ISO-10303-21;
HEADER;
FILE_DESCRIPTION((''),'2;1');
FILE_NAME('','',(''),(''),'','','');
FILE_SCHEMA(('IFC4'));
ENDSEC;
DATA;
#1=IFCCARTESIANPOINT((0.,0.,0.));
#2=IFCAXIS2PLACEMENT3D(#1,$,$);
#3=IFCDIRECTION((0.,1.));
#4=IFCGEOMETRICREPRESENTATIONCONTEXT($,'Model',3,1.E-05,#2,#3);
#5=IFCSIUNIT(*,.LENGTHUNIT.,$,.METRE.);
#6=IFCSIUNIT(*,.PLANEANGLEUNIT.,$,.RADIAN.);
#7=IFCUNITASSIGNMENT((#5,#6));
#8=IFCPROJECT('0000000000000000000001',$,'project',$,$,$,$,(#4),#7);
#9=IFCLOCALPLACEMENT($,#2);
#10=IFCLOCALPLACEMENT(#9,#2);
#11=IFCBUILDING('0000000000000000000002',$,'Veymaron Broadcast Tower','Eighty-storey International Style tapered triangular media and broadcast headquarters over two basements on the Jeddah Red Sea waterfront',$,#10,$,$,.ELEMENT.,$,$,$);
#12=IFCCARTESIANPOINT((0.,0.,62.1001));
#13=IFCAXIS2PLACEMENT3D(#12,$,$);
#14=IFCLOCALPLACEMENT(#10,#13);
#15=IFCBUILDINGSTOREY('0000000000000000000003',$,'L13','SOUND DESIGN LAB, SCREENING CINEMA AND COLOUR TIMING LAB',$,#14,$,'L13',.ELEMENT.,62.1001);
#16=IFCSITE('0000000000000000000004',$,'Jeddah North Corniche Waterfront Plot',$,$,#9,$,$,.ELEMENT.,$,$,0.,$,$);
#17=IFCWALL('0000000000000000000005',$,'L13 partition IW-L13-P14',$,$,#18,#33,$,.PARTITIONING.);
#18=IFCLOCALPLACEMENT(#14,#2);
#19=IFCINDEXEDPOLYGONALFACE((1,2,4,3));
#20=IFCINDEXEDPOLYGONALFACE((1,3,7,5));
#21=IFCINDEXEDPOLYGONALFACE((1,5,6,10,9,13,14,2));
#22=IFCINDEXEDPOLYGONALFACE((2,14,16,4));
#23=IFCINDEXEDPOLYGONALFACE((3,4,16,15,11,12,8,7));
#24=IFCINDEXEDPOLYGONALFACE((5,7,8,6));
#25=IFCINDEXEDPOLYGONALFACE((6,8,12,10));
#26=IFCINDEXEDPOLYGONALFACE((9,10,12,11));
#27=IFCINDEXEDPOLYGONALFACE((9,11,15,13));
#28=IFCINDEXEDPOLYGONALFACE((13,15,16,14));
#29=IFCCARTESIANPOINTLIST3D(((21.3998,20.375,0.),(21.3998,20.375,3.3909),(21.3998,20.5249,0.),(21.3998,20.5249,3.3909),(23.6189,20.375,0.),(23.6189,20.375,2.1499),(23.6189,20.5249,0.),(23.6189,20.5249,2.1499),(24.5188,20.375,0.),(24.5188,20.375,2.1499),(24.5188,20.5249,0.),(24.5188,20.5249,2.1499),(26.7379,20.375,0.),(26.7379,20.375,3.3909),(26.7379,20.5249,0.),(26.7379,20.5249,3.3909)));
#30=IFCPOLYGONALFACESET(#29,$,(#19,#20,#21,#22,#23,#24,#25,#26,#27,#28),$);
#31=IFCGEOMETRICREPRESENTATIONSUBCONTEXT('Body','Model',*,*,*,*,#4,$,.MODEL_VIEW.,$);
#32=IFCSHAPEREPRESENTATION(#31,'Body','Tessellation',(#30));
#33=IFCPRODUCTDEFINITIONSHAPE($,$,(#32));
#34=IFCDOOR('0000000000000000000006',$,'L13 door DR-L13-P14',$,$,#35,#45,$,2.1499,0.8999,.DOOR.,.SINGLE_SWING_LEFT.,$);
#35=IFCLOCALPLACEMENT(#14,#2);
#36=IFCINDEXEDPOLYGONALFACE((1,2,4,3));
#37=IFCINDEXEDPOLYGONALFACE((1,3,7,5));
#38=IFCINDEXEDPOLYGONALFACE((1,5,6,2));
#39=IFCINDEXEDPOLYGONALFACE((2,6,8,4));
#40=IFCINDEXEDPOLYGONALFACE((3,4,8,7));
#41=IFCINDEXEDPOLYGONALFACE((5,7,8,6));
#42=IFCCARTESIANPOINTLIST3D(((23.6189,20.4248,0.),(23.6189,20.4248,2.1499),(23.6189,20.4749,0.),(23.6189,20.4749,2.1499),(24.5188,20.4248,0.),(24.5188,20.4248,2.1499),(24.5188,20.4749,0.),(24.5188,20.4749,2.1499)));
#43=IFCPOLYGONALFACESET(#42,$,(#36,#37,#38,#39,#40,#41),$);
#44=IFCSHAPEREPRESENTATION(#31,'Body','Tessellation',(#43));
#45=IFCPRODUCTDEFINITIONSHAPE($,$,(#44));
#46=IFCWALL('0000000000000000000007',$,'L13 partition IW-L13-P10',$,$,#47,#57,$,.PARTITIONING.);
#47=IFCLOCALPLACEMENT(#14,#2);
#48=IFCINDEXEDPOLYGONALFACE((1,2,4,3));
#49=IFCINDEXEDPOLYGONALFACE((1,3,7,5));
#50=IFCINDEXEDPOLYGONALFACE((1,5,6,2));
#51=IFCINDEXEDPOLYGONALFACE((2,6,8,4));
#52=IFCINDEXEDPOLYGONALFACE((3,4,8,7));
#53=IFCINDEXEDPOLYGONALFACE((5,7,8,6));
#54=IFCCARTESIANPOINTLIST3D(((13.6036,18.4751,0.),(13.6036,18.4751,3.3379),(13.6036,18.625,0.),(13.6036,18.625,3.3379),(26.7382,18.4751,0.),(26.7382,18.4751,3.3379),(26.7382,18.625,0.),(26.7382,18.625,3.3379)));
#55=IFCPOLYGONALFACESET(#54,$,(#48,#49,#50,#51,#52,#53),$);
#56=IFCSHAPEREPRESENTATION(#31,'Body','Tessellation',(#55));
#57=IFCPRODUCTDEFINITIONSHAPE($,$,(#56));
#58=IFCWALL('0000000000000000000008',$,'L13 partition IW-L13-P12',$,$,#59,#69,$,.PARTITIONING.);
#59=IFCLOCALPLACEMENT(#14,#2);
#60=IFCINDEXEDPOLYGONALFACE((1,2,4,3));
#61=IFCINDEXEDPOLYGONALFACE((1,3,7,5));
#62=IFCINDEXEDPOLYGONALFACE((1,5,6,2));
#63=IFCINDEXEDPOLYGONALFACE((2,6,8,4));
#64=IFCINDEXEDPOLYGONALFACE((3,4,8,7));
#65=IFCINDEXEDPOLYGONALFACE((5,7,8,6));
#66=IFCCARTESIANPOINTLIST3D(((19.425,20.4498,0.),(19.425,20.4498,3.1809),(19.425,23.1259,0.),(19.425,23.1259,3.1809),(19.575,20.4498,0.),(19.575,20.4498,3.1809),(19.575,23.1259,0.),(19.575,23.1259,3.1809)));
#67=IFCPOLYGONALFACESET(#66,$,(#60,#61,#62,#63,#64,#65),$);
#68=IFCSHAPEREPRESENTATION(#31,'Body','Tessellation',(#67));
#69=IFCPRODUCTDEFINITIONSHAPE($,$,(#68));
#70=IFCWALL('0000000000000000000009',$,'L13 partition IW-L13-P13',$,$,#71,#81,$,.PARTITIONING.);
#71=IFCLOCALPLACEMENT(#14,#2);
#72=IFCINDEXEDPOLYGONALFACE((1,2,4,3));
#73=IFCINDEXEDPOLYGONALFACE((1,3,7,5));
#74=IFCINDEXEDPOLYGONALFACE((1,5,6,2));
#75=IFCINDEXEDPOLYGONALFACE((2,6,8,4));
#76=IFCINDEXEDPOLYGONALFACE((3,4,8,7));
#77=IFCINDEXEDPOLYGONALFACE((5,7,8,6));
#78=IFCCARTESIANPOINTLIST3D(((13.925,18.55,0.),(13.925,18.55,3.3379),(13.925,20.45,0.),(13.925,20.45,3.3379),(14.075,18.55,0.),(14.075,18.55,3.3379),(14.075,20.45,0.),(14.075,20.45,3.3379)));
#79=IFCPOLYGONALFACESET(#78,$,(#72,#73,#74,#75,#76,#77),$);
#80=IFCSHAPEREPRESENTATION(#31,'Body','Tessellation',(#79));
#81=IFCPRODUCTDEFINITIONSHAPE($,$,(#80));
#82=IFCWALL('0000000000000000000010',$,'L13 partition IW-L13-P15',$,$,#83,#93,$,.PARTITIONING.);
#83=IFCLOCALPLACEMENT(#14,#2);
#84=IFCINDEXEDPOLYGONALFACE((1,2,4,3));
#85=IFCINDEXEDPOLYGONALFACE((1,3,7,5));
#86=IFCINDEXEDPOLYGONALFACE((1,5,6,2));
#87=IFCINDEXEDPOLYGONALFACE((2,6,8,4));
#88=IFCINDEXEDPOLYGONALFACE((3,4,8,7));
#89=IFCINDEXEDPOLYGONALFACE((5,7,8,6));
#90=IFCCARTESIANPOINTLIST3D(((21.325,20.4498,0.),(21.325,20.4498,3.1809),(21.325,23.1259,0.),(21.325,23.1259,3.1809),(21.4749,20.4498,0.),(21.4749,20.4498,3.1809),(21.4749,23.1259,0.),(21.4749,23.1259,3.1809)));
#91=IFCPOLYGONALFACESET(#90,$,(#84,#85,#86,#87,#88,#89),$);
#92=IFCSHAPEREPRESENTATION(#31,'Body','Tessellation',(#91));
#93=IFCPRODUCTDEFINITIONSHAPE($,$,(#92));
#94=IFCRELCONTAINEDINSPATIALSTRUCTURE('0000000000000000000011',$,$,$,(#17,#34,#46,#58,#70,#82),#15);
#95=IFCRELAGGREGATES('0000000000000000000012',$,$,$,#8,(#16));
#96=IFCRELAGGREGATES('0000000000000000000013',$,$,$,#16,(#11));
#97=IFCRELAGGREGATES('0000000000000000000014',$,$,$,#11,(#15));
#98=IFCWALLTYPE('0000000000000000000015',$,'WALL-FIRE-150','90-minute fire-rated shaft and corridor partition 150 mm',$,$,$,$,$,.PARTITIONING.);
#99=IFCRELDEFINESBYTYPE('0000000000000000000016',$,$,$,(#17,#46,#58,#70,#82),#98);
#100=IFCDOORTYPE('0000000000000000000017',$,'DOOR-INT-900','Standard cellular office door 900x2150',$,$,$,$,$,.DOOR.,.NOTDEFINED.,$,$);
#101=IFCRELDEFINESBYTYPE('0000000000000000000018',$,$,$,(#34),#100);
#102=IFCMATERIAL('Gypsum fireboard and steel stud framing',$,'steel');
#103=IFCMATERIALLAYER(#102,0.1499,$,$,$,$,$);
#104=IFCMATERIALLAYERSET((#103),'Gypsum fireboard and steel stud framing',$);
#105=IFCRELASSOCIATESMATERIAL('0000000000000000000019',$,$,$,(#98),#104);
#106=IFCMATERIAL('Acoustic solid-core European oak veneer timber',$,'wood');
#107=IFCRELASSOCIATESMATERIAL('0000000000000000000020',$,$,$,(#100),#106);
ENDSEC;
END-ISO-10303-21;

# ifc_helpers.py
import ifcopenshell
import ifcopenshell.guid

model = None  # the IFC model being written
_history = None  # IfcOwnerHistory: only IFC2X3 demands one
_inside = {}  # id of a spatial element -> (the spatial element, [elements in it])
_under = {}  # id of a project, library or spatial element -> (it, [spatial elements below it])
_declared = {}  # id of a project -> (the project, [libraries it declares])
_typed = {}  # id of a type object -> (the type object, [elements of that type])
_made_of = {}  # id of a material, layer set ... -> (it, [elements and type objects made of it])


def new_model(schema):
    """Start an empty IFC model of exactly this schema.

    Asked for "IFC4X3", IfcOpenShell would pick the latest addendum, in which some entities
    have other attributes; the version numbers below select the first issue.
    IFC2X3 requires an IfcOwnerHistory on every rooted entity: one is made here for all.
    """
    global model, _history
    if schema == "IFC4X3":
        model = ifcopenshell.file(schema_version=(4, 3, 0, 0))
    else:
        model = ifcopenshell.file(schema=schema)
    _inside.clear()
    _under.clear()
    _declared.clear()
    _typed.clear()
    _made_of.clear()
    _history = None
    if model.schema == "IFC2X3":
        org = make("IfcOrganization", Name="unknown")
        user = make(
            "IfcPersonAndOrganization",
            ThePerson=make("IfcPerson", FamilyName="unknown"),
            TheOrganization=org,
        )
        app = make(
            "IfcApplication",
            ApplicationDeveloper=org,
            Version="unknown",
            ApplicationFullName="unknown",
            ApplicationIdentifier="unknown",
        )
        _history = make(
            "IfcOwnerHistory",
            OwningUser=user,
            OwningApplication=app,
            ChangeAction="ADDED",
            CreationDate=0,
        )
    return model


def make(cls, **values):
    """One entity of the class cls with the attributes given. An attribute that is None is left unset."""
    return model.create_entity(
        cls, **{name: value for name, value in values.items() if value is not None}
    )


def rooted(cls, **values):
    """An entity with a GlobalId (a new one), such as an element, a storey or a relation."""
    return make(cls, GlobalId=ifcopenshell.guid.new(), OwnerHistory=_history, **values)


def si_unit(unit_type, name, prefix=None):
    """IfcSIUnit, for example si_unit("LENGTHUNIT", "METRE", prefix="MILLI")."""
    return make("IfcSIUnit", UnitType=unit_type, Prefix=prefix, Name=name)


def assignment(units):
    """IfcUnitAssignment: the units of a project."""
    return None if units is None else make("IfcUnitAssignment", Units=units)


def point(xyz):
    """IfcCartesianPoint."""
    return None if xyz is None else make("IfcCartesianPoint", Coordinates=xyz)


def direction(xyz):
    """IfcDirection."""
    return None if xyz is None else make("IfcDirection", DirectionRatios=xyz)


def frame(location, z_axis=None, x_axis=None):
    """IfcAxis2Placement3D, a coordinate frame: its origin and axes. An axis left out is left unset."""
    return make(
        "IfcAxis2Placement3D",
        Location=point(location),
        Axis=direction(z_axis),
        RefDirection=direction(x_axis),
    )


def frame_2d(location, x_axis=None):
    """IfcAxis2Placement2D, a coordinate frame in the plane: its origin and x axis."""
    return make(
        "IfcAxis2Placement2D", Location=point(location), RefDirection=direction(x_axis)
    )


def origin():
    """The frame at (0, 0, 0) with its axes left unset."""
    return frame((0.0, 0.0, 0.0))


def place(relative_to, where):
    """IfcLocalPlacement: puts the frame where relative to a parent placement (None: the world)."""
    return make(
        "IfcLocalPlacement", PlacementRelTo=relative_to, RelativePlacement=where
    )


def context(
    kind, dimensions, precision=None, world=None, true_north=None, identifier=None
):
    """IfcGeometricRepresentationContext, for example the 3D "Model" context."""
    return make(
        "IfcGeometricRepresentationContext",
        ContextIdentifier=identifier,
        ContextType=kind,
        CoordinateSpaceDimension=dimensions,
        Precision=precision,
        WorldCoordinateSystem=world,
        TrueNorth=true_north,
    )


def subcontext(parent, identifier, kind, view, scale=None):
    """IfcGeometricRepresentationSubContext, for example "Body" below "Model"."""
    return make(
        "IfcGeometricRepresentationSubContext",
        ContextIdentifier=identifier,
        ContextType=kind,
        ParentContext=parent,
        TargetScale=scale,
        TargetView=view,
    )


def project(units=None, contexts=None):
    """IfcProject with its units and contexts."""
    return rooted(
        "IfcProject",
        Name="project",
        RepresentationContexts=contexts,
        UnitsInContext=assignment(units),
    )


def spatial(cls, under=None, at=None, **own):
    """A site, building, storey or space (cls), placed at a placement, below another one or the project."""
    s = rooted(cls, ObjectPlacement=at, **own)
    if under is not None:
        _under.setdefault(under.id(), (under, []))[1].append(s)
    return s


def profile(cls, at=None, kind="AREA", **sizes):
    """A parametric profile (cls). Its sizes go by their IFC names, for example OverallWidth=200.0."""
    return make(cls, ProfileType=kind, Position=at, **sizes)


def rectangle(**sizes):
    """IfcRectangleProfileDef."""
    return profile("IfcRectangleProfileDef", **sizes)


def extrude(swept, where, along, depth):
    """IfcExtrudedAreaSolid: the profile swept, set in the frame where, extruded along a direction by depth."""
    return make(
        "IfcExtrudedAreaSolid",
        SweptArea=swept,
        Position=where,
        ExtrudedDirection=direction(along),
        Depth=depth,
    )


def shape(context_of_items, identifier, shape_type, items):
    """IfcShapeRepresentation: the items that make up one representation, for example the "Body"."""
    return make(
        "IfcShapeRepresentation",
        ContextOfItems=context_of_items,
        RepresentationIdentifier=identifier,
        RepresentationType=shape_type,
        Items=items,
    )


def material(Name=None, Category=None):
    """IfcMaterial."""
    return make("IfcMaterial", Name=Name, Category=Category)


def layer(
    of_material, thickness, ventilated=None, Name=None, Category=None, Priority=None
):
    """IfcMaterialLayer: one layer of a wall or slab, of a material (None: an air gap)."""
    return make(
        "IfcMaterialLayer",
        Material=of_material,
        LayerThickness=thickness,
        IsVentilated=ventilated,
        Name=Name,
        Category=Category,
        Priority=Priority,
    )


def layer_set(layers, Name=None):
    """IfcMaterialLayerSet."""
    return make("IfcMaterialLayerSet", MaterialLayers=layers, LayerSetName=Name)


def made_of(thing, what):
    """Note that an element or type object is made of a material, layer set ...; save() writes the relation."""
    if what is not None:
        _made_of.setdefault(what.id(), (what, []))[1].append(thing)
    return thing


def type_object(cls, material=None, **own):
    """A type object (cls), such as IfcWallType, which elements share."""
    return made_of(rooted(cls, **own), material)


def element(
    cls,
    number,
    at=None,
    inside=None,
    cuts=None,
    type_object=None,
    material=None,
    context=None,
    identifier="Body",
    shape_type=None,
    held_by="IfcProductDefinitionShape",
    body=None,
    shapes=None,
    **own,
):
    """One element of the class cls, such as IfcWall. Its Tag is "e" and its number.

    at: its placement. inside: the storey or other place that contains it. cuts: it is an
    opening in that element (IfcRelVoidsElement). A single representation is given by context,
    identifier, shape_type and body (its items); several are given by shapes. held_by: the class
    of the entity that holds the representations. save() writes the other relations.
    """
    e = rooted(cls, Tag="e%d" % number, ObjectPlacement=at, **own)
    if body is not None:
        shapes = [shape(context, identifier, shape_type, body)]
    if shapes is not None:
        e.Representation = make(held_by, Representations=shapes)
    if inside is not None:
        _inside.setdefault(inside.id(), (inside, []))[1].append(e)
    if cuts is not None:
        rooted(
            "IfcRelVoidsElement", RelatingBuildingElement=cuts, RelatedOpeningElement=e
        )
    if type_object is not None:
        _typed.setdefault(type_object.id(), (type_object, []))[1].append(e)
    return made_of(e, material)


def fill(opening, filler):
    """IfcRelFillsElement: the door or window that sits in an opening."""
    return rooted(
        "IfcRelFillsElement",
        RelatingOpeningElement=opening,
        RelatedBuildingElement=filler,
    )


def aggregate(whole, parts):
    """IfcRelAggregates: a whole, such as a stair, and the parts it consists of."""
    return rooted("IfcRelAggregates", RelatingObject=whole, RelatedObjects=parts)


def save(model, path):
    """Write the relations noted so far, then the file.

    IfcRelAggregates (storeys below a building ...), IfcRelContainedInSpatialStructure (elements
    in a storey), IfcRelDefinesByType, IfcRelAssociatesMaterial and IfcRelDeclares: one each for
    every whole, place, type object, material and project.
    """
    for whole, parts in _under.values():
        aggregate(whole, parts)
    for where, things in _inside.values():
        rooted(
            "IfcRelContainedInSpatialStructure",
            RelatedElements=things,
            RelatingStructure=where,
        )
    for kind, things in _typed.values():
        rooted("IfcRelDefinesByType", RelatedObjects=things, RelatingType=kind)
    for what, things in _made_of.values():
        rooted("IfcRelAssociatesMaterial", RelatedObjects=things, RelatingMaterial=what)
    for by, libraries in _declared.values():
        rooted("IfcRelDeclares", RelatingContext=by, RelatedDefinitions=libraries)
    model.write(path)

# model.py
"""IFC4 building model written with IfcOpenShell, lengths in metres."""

from ifc_helpers import new_model, si_unit, direction, frame, frame_2d, origin, place, context, subcontext, project, spatial, rectangle, extrude, material, layer, layer_set, type_object, element, fill, save


model = new_model("IFC4")

# Units and contexts
model_context = context("Model", 3, precision=1e-05, world=origin(), true_north=direction((0.0, 1.0)))
body_context = subcontext(model_context, "Body", "Model", "MODEL_VIEW")
ifc_project = project(units=[si_unit("LENGTHUNIT", "METRE"), si_unit("PLANEANGLEUNIT", "RADIAN")], contexts=[model_context])

# Site, building, storey
site_placement = place(None, origin())
site = spatial("IfcSite", under=ifc_project, at=site_placement, Name="Jeddah North Corniche Waterfront Plot", CompositionType="ELEMENT", RefElevation=0.0)
building_placement = place(site_placement, origin())
building = spatial("IfcBuilding", under=site, at=building_placement, Name="Veymaron Broadcast Tower", Description="Eighty-storey International Style tapered triangular media and broadcast headquarters over two basements on the Jeddah Red Sea waterfront", CompositionType="ELEMENT")
storey_placement = place(building_placement, frame((0.0, 0.0, 62.1001)))
storey = spatial("IfcBuildingStorey", under=building, at=storey_placement, Name="L13", Description="SOUND DESIGN LAB, SCREENING CINEMA AND COLOUR TIMING LAB", LongName="L13", CompositionType="ELEMENT", Elevation=62.1001)

# Wall, opening, door
ifc_material_1 = material(Name="Gypsum fireboard and steel stud framing", Category="steel")
ifc_layer_1 = layer(ifc_material_1, 0.1499)
ifc_layer_set_1 = layer_set([ifc_layer_1], Name="Gypsum fireboard and steel stud framing")
wall_type_1 = type_object("IfcWallType", Name="WALL-FIRE-150", Description="90-minute fire-rated shaft and corridor partition 150 mm", PredefinedType="PARTITIONING", material=ifc_layer_set_1)
ifc_material_2 = material(Name="Acoustic solid-core European oak veneer timber", Category="wood")
door_type = type_object("IfcDoorType", Name="DOOR-INT-900", Description="Standard cellular office door 900x2150", OperationType="NOTDEFINED", PredefinedType="DOOR", material=ifc_material_2)
wall_1_placement = place(storey_placement, frame((21.3999, 20.45, 0.0), z_axis=(0.0, 0.0, 1.0), x_axis=(1.0, 0.0, 0.0)))
wall_1 = element("IfcWall", 1, at=wall_1_placement, inside=storey, type_object=wall_type_1, Name="L13 partition IW-L13-P14", PredefinedType="PARTITIONING", context=body_context, shape_type="SweptSolid", body=[
    extrude(rectangle(XDim=5.3381, YDim=0.1499, at=frame_2d((2.6689, 0.0))), origin(), (0.0, 0.0, 1.0), 3.3909),
])
opening_1_placement = place(wall_1_placement, frame((2.219, 0.0, 0.0)))
opening_1 = element("IfcOpeningElement", 2, at=opening_1_placement, cuts=wall_1, PredefinedType="OPENING", context=body_context, shape_type="SweptSolid", body=[
    extrude(rectangle(XDim=0.8999, YDim=2.1499, at=frame_2d((0.45, 1.075))), frame((0.0, 0.085, 0.0), z_axis=(0.0, -1.0, 0.0), x_axis=(1.0, 0.0, 0.0)), (0.0, 0.0, 1.0), 0.1699),
])
door_1_placement = place(opening_1_placement, origin())
door_1 = element("IfcDoor", 3, at=door_1_placement, inside=storey, type_object=door_type, Name="L13 door DR-L13-P14", OperationType="SINGLE_SWING_LEFT", OverallHeight=2.1499, OverallWidth=0.8999, PredefinedType="DOOR", context=body_context, shape_type="SweptSolid", body=[
    extrude(rectangle(XDim=0.8999, YDim=2.1499, at=frame_2d((0.45, 1.075))), frame((0.0, 0.0249, 0.0), z_axis=(0.0, -1.0, 0.0), x_axis=(1.0, 0.0, 0.0)), (0.0, 0.0, 1.0), 0.05),
])
fill(opening_1, door_1)

# Walls
wall_2_placement = place(storey_placement, frame((13.6035, 18.55, 0.0), z_axis=(0.0, 0.0, 1.0), x_axis=(1.0, 0.0, 0.0)))
element("IfcWall", 4, at=wall_2_placement, inside=storey, type_object=wall_type_1, Name="L13 partition IW-L13-P10", PredefinedType="PARTITIONING", context=body_context, shape_type="SweptSolid", body=[
    extrude(rectangle(XDim=13.1345, YDim=0.1499, at=frame_2d((6.5674, 0.0))), origin(), (0.0, 0.0, 1.0), 3.3379),
])
wall_3_placement = place(storey_placement, frame((19.5, 20.45, 0.0), z_axis=(0.0, 0.0, 1.0), x_axis=(0.0, 1.0, 0.0)))
element("IfcWall", 5, at=wall_3_placement, inside=storey, type_object=wall_type_1, Name="L13 partition IW-L13-P12", PredefinedType="PARTITIONING", context=body_context, shape_type="SweptSolid", body=[
    extrude(rectangle(XDim=2.676, YDim=0.1499, at=frame_2d((1.3379, 0.0))), origin(), (0.0, 0.0, 1.0), 3.1809),
])
wall_4_placement = place(storey_placement, frame((14.0, 18.55, 0.0), z_axis=(0.0, 0.0, 1.0), x_axis=(0.0, 1.0, 0.0)))
element("IfcWall", 6, at=wall_4_placement, inside=storey, type_object=wall_type_1, Name="L13 partition IW-L13-P13", PredefinedType="PARTITIONING", context=body_context, shape_type="SweptSolid", body=[
    extrude(rectangle(XDim=1.8999, YDim=0.1499, at=frame_2d((0.95, 0.0))), origin(), (0.0, 0.0, 1.0), 3.3379),
])
wall_5_placement = place(storey_placement, frame((21.3999, 20.45, 0.0), z_axis=(0.0, 0.0, 1.0), x_axis=(0.0, 1.0, 0.0)))
element("IfcWall", 7, at=wall_5_placement, inside=storey, type_object=wall_type_1, Name="L13 partition IW-L13-P15", PredefinedType="PARTITIONING", context=body_context, shape_type="SweptSolid", body=[
    extrude(rectangle(XDim=2.676, YDim=0.1499, at=frame_2d((1.3379, 0.0))), origin(), (0.0, 0.0, 1.0), 3.1809),
])

save(model, "model.ifc")
